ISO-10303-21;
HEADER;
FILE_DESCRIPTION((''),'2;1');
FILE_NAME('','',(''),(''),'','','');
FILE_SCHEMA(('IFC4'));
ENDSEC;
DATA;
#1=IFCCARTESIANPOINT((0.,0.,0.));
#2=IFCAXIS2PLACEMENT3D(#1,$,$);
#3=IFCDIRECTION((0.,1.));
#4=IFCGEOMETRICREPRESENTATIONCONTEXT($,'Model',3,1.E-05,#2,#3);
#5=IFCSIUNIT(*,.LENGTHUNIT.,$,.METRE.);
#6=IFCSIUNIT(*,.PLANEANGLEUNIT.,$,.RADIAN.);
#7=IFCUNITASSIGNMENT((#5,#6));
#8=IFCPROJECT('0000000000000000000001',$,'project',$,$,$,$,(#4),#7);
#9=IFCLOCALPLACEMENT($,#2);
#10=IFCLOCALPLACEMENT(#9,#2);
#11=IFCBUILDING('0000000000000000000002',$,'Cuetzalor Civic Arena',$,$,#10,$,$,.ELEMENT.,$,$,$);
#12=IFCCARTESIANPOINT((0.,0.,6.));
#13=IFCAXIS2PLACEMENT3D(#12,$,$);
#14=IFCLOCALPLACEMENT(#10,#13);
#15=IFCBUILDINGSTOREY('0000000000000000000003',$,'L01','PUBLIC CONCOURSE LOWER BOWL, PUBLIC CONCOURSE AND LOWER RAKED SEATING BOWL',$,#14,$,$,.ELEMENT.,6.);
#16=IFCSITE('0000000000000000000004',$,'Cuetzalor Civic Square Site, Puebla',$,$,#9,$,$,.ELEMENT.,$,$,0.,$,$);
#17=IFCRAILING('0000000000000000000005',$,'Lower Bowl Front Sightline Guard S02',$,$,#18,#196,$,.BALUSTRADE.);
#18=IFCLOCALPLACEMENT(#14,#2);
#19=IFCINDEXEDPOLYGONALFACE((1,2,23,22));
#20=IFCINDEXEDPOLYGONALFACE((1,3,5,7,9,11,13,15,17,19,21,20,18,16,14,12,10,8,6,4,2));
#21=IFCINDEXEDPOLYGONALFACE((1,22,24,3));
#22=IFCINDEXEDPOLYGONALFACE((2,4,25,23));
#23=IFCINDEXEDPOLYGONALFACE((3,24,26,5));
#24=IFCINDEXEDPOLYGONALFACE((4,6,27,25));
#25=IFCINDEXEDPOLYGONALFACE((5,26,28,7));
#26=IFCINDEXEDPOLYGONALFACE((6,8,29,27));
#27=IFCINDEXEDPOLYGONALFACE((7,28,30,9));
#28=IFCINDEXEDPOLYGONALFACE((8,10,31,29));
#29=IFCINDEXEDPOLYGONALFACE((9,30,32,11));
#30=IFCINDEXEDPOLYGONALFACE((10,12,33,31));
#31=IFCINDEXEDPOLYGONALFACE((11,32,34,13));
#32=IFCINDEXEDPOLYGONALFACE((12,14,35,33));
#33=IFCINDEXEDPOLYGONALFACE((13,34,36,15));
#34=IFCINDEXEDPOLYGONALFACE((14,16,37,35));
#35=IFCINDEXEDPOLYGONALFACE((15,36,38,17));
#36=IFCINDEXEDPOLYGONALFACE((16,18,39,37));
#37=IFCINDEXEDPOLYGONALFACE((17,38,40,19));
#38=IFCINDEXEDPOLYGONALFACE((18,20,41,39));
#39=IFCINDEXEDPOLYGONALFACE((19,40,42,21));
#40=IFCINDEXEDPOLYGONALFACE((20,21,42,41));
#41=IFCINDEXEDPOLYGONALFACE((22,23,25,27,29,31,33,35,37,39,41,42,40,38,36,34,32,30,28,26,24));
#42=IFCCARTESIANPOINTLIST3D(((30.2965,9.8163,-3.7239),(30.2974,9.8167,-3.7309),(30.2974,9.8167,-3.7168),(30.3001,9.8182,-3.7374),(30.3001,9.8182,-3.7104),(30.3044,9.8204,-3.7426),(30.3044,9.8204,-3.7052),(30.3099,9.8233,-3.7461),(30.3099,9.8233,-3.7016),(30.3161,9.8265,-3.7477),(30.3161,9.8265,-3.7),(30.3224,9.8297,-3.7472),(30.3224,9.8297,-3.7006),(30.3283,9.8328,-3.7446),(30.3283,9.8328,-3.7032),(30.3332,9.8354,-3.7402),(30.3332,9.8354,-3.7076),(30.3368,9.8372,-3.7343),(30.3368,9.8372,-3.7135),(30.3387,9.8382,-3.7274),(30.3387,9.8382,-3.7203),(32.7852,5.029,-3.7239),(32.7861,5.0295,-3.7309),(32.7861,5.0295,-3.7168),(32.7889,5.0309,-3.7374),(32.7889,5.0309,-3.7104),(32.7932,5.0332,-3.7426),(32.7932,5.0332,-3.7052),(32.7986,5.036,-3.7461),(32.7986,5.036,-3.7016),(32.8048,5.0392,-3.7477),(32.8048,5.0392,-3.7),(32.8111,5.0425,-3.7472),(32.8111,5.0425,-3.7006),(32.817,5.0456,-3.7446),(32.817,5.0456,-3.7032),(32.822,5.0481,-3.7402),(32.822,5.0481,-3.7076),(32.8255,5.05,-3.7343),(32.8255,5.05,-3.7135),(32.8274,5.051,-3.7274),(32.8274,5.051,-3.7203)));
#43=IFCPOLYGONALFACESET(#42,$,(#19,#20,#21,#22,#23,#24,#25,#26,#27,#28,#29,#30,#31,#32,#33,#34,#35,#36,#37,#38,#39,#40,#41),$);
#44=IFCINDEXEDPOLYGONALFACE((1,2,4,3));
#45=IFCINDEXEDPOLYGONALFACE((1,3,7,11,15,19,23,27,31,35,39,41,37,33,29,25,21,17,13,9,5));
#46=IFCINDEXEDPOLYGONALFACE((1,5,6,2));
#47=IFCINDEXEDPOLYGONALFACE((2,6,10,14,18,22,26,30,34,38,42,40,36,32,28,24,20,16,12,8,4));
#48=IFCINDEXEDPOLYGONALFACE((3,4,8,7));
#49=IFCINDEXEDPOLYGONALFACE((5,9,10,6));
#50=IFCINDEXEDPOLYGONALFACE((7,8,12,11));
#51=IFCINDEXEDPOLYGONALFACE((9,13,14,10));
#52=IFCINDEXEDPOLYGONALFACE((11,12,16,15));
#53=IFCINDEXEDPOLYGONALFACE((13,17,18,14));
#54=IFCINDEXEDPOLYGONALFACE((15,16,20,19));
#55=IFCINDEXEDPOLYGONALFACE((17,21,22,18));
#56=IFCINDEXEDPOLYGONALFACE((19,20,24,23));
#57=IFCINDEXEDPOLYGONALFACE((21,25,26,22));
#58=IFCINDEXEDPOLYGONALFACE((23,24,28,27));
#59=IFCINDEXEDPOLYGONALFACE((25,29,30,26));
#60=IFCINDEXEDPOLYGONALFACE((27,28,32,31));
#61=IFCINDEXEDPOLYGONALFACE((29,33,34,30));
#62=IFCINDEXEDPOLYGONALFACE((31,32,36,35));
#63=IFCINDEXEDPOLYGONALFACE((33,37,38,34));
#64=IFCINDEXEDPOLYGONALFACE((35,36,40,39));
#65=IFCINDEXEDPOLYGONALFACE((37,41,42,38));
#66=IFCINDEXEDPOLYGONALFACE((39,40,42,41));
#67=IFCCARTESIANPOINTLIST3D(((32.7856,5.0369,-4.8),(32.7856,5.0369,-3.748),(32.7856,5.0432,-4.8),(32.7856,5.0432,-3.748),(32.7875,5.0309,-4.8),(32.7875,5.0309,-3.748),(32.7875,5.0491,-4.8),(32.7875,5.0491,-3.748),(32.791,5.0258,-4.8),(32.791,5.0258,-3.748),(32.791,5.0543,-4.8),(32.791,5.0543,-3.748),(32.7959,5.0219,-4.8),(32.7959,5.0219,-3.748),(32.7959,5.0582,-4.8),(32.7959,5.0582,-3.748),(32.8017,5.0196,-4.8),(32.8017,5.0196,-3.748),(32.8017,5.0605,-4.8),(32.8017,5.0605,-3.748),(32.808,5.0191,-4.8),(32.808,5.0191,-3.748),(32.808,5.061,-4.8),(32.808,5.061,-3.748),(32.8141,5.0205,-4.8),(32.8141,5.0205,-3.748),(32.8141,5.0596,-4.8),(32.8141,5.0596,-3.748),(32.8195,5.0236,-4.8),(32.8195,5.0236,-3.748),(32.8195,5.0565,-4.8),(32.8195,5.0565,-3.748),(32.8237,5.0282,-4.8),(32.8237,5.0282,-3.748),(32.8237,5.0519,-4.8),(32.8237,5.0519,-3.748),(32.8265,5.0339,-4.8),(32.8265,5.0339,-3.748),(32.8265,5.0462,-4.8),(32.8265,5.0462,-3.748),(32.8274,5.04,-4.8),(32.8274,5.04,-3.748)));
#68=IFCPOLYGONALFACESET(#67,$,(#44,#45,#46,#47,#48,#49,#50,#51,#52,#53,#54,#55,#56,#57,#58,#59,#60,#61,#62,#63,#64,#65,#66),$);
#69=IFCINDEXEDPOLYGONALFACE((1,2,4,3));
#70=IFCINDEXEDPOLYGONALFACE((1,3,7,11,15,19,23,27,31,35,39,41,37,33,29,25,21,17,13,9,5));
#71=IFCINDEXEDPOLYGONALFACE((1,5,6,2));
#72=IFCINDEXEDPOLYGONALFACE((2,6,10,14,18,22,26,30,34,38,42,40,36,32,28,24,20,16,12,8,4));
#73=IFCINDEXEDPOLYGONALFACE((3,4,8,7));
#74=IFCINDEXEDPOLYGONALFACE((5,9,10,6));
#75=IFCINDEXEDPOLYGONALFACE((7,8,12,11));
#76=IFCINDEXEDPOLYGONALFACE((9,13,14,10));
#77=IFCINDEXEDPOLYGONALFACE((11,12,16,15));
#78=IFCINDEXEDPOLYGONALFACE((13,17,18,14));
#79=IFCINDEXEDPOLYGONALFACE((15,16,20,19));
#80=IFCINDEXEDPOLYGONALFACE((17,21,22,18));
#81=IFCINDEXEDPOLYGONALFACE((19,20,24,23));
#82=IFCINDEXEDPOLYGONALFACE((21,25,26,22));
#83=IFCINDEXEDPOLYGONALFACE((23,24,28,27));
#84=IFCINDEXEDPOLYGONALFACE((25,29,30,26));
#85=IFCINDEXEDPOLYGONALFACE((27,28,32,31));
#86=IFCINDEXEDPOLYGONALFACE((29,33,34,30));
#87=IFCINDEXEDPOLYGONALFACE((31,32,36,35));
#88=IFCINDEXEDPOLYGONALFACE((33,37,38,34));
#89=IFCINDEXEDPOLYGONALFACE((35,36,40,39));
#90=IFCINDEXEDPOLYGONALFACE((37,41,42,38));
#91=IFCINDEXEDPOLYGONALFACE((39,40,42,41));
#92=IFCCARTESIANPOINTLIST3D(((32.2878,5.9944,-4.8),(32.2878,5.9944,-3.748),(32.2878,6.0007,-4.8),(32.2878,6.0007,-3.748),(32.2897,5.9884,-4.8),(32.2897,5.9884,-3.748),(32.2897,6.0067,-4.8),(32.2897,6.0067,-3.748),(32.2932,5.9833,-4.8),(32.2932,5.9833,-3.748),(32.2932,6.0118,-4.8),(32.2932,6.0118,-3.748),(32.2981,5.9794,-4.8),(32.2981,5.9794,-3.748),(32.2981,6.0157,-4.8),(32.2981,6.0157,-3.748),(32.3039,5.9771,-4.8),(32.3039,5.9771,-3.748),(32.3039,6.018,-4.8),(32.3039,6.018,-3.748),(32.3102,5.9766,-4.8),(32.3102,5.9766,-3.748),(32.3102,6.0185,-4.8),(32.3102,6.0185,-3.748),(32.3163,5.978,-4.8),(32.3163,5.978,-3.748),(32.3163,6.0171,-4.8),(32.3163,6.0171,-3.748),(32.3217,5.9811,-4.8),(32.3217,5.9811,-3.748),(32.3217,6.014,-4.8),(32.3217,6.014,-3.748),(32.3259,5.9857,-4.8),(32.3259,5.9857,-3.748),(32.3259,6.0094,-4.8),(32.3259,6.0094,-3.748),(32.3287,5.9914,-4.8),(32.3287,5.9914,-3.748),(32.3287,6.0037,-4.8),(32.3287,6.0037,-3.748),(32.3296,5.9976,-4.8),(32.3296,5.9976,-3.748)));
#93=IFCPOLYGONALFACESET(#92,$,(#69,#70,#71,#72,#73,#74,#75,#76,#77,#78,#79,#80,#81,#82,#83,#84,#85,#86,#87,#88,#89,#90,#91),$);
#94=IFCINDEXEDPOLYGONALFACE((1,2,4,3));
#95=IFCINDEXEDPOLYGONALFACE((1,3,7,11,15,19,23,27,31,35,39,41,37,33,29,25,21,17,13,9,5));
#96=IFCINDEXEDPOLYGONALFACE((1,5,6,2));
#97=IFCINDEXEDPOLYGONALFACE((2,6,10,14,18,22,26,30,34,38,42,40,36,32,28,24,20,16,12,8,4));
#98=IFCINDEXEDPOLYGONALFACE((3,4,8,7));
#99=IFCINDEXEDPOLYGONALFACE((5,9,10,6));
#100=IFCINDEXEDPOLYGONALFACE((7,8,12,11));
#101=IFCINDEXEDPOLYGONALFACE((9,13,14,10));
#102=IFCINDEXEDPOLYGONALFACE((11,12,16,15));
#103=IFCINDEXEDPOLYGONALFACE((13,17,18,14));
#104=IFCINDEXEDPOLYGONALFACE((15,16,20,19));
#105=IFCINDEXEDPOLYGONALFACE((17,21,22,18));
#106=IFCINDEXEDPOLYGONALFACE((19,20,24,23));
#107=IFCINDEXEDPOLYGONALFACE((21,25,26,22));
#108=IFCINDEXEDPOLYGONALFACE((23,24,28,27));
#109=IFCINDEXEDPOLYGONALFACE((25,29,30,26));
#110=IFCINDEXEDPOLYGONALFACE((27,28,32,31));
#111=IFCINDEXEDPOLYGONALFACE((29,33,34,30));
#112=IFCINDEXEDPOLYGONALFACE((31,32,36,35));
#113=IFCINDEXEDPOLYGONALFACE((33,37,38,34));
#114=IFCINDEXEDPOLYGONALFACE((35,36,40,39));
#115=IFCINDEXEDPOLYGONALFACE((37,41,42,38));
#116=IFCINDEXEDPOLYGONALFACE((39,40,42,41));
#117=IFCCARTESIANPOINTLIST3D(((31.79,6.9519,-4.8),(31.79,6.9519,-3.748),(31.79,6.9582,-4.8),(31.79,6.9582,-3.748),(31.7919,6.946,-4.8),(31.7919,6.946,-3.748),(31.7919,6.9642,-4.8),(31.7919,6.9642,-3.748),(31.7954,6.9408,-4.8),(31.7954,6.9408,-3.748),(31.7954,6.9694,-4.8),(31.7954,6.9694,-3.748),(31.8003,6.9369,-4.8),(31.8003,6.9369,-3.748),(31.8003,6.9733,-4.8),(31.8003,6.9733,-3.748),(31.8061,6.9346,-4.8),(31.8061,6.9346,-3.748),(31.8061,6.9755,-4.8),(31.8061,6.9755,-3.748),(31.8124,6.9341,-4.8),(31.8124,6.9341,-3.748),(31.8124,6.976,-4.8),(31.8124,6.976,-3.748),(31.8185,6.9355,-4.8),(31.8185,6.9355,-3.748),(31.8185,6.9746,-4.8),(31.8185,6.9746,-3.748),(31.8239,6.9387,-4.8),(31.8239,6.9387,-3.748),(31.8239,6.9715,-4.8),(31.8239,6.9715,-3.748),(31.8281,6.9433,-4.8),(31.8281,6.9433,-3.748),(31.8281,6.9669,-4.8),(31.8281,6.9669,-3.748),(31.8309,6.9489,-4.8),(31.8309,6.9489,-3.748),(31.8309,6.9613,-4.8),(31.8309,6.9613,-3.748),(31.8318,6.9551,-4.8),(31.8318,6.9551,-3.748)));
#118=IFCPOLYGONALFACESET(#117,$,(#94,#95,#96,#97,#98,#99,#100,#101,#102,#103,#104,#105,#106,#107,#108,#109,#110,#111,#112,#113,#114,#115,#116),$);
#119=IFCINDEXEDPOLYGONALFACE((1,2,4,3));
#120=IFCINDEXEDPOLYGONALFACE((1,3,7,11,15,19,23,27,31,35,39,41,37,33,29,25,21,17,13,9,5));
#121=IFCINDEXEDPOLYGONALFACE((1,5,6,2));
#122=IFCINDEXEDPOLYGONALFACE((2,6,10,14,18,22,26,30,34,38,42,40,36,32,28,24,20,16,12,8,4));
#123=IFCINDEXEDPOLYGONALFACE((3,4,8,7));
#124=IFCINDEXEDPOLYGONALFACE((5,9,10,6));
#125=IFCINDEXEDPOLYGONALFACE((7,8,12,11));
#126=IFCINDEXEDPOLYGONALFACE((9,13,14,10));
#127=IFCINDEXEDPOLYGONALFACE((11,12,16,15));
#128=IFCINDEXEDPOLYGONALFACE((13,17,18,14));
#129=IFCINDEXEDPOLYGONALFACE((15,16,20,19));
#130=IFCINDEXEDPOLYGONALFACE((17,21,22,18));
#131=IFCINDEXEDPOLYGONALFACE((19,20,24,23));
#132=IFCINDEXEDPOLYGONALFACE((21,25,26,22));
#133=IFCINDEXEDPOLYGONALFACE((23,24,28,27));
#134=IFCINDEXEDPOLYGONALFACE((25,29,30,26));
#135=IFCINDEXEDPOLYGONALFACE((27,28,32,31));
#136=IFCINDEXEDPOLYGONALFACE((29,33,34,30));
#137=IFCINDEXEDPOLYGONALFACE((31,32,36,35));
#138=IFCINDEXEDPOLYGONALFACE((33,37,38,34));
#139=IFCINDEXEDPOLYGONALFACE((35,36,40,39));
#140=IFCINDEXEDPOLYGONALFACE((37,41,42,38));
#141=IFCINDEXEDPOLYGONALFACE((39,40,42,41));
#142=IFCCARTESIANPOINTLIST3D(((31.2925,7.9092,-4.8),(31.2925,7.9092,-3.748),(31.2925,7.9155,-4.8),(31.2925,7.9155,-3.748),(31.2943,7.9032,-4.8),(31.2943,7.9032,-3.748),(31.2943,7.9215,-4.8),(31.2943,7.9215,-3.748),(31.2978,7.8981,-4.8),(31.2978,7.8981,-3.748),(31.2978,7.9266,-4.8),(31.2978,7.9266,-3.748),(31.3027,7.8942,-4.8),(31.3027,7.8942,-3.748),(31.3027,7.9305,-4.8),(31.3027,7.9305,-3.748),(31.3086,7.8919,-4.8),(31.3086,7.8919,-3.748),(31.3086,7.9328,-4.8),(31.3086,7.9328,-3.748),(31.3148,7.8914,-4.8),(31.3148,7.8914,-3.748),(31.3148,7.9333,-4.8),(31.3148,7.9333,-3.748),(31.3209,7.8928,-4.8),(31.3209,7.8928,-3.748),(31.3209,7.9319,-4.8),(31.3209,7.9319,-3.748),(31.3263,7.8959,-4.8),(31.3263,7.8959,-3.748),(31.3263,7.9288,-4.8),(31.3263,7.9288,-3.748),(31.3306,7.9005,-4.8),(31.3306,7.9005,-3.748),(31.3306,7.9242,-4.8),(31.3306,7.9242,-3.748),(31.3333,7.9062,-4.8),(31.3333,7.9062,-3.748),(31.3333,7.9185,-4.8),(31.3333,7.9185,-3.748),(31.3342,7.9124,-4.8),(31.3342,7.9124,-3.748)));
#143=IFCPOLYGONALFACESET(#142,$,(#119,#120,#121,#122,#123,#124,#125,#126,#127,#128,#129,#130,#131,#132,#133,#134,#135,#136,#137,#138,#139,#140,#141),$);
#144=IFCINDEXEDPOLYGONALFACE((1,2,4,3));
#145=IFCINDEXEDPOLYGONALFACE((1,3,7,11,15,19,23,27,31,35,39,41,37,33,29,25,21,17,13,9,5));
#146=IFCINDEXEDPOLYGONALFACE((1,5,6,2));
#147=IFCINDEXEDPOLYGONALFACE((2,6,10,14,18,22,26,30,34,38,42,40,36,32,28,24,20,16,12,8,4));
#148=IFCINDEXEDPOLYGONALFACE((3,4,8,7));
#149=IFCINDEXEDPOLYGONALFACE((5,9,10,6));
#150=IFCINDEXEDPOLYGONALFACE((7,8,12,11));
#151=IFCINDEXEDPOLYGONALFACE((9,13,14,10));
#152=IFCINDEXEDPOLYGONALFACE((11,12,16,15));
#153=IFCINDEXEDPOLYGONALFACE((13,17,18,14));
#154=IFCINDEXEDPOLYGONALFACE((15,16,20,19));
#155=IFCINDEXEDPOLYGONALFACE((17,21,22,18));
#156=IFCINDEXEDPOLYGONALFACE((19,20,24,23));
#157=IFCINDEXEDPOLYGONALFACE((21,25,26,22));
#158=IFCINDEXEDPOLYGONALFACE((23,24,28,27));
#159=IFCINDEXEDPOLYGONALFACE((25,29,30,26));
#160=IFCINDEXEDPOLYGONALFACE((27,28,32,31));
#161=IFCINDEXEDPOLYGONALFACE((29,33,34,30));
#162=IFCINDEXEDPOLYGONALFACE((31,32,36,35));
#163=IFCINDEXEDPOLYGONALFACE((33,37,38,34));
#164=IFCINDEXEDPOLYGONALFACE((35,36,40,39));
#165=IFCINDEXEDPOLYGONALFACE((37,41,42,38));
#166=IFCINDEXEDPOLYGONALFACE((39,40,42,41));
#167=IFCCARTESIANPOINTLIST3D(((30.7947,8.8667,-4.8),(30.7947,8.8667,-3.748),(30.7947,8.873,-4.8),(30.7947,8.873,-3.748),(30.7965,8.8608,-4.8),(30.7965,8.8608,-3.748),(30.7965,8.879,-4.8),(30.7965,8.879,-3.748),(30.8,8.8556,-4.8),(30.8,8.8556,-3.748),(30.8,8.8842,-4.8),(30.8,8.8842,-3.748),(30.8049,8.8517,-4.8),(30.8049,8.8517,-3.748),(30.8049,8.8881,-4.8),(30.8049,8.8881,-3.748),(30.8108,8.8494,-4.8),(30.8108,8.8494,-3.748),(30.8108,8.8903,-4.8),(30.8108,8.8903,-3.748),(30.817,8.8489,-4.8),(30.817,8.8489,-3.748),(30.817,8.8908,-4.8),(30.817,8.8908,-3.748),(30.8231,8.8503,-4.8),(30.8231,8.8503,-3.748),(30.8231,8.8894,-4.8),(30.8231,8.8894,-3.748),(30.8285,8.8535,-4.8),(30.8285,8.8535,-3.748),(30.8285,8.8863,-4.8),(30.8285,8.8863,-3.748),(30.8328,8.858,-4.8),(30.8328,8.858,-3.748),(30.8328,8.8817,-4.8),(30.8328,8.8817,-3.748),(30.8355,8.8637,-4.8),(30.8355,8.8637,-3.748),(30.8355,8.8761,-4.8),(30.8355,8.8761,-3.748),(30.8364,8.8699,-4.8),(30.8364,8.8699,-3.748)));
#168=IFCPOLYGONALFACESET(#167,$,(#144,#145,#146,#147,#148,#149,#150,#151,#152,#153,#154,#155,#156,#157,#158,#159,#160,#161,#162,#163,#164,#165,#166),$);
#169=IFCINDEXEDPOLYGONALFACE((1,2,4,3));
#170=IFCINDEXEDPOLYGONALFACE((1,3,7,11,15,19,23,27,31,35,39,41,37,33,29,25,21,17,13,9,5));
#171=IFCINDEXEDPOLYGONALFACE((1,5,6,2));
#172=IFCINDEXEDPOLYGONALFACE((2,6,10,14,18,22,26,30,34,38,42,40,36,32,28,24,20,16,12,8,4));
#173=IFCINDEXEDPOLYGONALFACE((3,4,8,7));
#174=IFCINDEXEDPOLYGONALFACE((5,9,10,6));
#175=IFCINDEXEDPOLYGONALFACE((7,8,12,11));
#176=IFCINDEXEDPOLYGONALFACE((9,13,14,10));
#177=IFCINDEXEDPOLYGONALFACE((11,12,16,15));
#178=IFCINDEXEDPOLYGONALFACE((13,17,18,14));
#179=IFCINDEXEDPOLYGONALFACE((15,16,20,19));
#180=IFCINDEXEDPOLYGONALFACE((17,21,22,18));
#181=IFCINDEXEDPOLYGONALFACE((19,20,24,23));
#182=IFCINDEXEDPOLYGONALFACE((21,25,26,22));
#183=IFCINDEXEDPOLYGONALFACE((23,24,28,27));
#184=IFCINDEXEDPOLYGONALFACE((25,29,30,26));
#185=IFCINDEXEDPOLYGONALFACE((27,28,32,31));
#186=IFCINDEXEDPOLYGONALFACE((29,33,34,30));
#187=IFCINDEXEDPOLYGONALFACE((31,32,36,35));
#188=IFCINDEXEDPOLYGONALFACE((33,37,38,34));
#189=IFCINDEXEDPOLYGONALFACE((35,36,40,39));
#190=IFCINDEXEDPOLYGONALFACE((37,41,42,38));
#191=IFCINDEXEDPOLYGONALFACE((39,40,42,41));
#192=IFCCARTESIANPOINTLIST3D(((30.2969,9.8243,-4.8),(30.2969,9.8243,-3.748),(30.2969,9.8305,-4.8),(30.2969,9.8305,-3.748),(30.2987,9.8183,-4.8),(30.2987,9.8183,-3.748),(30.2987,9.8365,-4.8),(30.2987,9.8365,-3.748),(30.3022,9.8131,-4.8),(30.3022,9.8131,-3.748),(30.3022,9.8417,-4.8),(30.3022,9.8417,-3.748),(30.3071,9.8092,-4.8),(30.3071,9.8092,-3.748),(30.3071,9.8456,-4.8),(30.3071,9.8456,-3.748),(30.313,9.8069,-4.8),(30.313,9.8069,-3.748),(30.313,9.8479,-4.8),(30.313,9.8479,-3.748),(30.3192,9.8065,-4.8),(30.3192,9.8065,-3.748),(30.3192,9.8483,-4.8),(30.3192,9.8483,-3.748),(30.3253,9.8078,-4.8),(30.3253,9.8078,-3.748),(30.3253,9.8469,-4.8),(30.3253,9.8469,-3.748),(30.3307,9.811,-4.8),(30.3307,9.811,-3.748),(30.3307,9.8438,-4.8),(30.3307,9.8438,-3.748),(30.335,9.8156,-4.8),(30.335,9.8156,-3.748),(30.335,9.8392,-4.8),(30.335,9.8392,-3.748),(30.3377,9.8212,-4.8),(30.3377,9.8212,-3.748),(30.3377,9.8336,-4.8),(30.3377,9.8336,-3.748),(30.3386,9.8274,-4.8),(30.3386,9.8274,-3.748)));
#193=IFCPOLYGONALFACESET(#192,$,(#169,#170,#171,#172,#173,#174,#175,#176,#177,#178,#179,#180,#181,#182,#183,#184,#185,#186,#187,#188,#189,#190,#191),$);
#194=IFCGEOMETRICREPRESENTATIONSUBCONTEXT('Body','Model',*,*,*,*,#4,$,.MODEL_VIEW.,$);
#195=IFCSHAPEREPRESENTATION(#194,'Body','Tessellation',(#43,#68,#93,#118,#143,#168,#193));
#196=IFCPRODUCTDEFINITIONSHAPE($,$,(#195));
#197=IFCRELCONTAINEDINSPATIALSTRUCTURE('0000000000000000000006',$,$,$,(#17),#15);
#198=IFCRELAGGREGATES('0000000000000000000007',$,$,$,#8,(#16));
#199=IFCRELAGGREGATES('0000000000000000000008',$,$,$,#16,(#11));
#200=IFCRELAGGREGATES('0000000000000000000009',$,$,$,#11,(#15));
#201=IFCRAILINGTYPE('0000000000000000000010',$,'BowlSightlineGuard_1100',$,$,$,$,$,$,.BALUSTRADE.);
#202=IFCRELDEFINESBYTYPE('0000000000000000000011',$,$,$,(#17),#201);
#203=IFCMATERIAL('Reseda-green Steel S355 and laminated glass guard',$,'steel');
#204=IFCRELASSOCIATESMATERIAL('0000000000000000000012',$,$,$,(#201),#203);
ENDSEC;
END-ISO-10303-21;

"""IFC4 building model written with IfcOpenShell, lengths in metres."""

from ifc_helpers import new_model, si_unit, direction, frame, origin, origin_2d, place, context, subcontext, project, spatial, circle, extrude, material, type_object, element, save


model = new_model("IFC4")

# Units and contexts
model_context = context("Model", 3, precision=1e-05, world=origin(), true_north=direction((0.0, 1.0)))
body_context = subcontext(model_context, "Body", "Model", "MODEL_VIEW")
ifc_project = project(units=[si_unit("LENGTHUNIT", "METRE"), si_unit("PLANEANGLEUNIT", "RADIAN")], contexts=[model_context])

# Site, building, storey
site_placement = place(None, origin())
site = spatial("IfcSite", under=ifc_project, at=site_placement, Name="Cuetzalor Civic Square Site, Puebla", CompositionType="ELEMENT", RefElevation=0.0)
building_placement = place(site_placement, origin())
building = spatial("IfcBuilding", under=site, at=building_placement, Name="Cuetzalor Civic Arena", CompositionType="ELEMENT")
storey_placement = place(building_placement, frame((0.0, 0.0, 6.0)))
storey = spatial("IfcBuildingStorey", under=building, at=storey_placement, Name="L01", Description="PUBLIC CONCOURSE LOWER BOWL, PUBLIC CONCOURSE AND LOWER RAKED SEATING BOWL", CompositionType="ELEMENT", Elevation=6.0)

# Railing
ifc_material_1 = material(Name="Reseda-green Steel S355 and laminated glass guard", Category="steel")
railing_type = type_object("IfcRailingType", Name="BowlSightlineGuard_1100", PredefinedType="BALUSTRADE", material=ifc_material_1)
railing_1_placement = place(storey_placement, frame((32.8064, 5.04, -4.8)))
element("IfcRailing", 1, at=railing_1_placement, inside=storey, type_object=railing_type, Name="Lower Bowl Front Sightline Guard S02", PredefinedType="BALUSTRADE", context=body_context, shape_type="SweptSolid", body=[
    extrude(circle(Radius=0.0239, at=origin_2d()), frame((0.0, 0.0, 1.0762), z_axis=(-0.461257, 0.887266, 0.0), x_axis=(-0.887266, -0.461257, 0.0)), (0.0, 0.0, 1.0), 5.3955),
    extrude(circle(Radius=0.021, at=origin_2d()), origin(), (0.0, 0.0, 1.0), 1.052),
    extrude(circle(Radius=0.021, at=origin_2d()), frame((-0.4978, 0.9575, 0.0)), (0.0, 0.0, 1.0), 1.052),
    extrude(circle(Radius=0.021, at=origin_2d()), frame((-0.9956, 1.915, 0.0)), (0.0, 0.0, 1.0), 1.052),
    extrude(circle(Radius=0.021, at=origin_2d()), frame((-1.4932, 2.8723, 0.0)), (0.0, 0.0, 1.0), 1.052),
    extrude(circle(Radius=0.021, at=origin_2d()), frame((-1.991, 3.8298, 0.0)), (0.0, 0.0, 1.0), 1.052),
    extrude(circle(Radius=0.021, at=origin_2d()), frame((-2.4888, 4.7874, 0.0)), (0.0, 0.0, 1.0), 1.052),
])

save(model, "model.ifc")
